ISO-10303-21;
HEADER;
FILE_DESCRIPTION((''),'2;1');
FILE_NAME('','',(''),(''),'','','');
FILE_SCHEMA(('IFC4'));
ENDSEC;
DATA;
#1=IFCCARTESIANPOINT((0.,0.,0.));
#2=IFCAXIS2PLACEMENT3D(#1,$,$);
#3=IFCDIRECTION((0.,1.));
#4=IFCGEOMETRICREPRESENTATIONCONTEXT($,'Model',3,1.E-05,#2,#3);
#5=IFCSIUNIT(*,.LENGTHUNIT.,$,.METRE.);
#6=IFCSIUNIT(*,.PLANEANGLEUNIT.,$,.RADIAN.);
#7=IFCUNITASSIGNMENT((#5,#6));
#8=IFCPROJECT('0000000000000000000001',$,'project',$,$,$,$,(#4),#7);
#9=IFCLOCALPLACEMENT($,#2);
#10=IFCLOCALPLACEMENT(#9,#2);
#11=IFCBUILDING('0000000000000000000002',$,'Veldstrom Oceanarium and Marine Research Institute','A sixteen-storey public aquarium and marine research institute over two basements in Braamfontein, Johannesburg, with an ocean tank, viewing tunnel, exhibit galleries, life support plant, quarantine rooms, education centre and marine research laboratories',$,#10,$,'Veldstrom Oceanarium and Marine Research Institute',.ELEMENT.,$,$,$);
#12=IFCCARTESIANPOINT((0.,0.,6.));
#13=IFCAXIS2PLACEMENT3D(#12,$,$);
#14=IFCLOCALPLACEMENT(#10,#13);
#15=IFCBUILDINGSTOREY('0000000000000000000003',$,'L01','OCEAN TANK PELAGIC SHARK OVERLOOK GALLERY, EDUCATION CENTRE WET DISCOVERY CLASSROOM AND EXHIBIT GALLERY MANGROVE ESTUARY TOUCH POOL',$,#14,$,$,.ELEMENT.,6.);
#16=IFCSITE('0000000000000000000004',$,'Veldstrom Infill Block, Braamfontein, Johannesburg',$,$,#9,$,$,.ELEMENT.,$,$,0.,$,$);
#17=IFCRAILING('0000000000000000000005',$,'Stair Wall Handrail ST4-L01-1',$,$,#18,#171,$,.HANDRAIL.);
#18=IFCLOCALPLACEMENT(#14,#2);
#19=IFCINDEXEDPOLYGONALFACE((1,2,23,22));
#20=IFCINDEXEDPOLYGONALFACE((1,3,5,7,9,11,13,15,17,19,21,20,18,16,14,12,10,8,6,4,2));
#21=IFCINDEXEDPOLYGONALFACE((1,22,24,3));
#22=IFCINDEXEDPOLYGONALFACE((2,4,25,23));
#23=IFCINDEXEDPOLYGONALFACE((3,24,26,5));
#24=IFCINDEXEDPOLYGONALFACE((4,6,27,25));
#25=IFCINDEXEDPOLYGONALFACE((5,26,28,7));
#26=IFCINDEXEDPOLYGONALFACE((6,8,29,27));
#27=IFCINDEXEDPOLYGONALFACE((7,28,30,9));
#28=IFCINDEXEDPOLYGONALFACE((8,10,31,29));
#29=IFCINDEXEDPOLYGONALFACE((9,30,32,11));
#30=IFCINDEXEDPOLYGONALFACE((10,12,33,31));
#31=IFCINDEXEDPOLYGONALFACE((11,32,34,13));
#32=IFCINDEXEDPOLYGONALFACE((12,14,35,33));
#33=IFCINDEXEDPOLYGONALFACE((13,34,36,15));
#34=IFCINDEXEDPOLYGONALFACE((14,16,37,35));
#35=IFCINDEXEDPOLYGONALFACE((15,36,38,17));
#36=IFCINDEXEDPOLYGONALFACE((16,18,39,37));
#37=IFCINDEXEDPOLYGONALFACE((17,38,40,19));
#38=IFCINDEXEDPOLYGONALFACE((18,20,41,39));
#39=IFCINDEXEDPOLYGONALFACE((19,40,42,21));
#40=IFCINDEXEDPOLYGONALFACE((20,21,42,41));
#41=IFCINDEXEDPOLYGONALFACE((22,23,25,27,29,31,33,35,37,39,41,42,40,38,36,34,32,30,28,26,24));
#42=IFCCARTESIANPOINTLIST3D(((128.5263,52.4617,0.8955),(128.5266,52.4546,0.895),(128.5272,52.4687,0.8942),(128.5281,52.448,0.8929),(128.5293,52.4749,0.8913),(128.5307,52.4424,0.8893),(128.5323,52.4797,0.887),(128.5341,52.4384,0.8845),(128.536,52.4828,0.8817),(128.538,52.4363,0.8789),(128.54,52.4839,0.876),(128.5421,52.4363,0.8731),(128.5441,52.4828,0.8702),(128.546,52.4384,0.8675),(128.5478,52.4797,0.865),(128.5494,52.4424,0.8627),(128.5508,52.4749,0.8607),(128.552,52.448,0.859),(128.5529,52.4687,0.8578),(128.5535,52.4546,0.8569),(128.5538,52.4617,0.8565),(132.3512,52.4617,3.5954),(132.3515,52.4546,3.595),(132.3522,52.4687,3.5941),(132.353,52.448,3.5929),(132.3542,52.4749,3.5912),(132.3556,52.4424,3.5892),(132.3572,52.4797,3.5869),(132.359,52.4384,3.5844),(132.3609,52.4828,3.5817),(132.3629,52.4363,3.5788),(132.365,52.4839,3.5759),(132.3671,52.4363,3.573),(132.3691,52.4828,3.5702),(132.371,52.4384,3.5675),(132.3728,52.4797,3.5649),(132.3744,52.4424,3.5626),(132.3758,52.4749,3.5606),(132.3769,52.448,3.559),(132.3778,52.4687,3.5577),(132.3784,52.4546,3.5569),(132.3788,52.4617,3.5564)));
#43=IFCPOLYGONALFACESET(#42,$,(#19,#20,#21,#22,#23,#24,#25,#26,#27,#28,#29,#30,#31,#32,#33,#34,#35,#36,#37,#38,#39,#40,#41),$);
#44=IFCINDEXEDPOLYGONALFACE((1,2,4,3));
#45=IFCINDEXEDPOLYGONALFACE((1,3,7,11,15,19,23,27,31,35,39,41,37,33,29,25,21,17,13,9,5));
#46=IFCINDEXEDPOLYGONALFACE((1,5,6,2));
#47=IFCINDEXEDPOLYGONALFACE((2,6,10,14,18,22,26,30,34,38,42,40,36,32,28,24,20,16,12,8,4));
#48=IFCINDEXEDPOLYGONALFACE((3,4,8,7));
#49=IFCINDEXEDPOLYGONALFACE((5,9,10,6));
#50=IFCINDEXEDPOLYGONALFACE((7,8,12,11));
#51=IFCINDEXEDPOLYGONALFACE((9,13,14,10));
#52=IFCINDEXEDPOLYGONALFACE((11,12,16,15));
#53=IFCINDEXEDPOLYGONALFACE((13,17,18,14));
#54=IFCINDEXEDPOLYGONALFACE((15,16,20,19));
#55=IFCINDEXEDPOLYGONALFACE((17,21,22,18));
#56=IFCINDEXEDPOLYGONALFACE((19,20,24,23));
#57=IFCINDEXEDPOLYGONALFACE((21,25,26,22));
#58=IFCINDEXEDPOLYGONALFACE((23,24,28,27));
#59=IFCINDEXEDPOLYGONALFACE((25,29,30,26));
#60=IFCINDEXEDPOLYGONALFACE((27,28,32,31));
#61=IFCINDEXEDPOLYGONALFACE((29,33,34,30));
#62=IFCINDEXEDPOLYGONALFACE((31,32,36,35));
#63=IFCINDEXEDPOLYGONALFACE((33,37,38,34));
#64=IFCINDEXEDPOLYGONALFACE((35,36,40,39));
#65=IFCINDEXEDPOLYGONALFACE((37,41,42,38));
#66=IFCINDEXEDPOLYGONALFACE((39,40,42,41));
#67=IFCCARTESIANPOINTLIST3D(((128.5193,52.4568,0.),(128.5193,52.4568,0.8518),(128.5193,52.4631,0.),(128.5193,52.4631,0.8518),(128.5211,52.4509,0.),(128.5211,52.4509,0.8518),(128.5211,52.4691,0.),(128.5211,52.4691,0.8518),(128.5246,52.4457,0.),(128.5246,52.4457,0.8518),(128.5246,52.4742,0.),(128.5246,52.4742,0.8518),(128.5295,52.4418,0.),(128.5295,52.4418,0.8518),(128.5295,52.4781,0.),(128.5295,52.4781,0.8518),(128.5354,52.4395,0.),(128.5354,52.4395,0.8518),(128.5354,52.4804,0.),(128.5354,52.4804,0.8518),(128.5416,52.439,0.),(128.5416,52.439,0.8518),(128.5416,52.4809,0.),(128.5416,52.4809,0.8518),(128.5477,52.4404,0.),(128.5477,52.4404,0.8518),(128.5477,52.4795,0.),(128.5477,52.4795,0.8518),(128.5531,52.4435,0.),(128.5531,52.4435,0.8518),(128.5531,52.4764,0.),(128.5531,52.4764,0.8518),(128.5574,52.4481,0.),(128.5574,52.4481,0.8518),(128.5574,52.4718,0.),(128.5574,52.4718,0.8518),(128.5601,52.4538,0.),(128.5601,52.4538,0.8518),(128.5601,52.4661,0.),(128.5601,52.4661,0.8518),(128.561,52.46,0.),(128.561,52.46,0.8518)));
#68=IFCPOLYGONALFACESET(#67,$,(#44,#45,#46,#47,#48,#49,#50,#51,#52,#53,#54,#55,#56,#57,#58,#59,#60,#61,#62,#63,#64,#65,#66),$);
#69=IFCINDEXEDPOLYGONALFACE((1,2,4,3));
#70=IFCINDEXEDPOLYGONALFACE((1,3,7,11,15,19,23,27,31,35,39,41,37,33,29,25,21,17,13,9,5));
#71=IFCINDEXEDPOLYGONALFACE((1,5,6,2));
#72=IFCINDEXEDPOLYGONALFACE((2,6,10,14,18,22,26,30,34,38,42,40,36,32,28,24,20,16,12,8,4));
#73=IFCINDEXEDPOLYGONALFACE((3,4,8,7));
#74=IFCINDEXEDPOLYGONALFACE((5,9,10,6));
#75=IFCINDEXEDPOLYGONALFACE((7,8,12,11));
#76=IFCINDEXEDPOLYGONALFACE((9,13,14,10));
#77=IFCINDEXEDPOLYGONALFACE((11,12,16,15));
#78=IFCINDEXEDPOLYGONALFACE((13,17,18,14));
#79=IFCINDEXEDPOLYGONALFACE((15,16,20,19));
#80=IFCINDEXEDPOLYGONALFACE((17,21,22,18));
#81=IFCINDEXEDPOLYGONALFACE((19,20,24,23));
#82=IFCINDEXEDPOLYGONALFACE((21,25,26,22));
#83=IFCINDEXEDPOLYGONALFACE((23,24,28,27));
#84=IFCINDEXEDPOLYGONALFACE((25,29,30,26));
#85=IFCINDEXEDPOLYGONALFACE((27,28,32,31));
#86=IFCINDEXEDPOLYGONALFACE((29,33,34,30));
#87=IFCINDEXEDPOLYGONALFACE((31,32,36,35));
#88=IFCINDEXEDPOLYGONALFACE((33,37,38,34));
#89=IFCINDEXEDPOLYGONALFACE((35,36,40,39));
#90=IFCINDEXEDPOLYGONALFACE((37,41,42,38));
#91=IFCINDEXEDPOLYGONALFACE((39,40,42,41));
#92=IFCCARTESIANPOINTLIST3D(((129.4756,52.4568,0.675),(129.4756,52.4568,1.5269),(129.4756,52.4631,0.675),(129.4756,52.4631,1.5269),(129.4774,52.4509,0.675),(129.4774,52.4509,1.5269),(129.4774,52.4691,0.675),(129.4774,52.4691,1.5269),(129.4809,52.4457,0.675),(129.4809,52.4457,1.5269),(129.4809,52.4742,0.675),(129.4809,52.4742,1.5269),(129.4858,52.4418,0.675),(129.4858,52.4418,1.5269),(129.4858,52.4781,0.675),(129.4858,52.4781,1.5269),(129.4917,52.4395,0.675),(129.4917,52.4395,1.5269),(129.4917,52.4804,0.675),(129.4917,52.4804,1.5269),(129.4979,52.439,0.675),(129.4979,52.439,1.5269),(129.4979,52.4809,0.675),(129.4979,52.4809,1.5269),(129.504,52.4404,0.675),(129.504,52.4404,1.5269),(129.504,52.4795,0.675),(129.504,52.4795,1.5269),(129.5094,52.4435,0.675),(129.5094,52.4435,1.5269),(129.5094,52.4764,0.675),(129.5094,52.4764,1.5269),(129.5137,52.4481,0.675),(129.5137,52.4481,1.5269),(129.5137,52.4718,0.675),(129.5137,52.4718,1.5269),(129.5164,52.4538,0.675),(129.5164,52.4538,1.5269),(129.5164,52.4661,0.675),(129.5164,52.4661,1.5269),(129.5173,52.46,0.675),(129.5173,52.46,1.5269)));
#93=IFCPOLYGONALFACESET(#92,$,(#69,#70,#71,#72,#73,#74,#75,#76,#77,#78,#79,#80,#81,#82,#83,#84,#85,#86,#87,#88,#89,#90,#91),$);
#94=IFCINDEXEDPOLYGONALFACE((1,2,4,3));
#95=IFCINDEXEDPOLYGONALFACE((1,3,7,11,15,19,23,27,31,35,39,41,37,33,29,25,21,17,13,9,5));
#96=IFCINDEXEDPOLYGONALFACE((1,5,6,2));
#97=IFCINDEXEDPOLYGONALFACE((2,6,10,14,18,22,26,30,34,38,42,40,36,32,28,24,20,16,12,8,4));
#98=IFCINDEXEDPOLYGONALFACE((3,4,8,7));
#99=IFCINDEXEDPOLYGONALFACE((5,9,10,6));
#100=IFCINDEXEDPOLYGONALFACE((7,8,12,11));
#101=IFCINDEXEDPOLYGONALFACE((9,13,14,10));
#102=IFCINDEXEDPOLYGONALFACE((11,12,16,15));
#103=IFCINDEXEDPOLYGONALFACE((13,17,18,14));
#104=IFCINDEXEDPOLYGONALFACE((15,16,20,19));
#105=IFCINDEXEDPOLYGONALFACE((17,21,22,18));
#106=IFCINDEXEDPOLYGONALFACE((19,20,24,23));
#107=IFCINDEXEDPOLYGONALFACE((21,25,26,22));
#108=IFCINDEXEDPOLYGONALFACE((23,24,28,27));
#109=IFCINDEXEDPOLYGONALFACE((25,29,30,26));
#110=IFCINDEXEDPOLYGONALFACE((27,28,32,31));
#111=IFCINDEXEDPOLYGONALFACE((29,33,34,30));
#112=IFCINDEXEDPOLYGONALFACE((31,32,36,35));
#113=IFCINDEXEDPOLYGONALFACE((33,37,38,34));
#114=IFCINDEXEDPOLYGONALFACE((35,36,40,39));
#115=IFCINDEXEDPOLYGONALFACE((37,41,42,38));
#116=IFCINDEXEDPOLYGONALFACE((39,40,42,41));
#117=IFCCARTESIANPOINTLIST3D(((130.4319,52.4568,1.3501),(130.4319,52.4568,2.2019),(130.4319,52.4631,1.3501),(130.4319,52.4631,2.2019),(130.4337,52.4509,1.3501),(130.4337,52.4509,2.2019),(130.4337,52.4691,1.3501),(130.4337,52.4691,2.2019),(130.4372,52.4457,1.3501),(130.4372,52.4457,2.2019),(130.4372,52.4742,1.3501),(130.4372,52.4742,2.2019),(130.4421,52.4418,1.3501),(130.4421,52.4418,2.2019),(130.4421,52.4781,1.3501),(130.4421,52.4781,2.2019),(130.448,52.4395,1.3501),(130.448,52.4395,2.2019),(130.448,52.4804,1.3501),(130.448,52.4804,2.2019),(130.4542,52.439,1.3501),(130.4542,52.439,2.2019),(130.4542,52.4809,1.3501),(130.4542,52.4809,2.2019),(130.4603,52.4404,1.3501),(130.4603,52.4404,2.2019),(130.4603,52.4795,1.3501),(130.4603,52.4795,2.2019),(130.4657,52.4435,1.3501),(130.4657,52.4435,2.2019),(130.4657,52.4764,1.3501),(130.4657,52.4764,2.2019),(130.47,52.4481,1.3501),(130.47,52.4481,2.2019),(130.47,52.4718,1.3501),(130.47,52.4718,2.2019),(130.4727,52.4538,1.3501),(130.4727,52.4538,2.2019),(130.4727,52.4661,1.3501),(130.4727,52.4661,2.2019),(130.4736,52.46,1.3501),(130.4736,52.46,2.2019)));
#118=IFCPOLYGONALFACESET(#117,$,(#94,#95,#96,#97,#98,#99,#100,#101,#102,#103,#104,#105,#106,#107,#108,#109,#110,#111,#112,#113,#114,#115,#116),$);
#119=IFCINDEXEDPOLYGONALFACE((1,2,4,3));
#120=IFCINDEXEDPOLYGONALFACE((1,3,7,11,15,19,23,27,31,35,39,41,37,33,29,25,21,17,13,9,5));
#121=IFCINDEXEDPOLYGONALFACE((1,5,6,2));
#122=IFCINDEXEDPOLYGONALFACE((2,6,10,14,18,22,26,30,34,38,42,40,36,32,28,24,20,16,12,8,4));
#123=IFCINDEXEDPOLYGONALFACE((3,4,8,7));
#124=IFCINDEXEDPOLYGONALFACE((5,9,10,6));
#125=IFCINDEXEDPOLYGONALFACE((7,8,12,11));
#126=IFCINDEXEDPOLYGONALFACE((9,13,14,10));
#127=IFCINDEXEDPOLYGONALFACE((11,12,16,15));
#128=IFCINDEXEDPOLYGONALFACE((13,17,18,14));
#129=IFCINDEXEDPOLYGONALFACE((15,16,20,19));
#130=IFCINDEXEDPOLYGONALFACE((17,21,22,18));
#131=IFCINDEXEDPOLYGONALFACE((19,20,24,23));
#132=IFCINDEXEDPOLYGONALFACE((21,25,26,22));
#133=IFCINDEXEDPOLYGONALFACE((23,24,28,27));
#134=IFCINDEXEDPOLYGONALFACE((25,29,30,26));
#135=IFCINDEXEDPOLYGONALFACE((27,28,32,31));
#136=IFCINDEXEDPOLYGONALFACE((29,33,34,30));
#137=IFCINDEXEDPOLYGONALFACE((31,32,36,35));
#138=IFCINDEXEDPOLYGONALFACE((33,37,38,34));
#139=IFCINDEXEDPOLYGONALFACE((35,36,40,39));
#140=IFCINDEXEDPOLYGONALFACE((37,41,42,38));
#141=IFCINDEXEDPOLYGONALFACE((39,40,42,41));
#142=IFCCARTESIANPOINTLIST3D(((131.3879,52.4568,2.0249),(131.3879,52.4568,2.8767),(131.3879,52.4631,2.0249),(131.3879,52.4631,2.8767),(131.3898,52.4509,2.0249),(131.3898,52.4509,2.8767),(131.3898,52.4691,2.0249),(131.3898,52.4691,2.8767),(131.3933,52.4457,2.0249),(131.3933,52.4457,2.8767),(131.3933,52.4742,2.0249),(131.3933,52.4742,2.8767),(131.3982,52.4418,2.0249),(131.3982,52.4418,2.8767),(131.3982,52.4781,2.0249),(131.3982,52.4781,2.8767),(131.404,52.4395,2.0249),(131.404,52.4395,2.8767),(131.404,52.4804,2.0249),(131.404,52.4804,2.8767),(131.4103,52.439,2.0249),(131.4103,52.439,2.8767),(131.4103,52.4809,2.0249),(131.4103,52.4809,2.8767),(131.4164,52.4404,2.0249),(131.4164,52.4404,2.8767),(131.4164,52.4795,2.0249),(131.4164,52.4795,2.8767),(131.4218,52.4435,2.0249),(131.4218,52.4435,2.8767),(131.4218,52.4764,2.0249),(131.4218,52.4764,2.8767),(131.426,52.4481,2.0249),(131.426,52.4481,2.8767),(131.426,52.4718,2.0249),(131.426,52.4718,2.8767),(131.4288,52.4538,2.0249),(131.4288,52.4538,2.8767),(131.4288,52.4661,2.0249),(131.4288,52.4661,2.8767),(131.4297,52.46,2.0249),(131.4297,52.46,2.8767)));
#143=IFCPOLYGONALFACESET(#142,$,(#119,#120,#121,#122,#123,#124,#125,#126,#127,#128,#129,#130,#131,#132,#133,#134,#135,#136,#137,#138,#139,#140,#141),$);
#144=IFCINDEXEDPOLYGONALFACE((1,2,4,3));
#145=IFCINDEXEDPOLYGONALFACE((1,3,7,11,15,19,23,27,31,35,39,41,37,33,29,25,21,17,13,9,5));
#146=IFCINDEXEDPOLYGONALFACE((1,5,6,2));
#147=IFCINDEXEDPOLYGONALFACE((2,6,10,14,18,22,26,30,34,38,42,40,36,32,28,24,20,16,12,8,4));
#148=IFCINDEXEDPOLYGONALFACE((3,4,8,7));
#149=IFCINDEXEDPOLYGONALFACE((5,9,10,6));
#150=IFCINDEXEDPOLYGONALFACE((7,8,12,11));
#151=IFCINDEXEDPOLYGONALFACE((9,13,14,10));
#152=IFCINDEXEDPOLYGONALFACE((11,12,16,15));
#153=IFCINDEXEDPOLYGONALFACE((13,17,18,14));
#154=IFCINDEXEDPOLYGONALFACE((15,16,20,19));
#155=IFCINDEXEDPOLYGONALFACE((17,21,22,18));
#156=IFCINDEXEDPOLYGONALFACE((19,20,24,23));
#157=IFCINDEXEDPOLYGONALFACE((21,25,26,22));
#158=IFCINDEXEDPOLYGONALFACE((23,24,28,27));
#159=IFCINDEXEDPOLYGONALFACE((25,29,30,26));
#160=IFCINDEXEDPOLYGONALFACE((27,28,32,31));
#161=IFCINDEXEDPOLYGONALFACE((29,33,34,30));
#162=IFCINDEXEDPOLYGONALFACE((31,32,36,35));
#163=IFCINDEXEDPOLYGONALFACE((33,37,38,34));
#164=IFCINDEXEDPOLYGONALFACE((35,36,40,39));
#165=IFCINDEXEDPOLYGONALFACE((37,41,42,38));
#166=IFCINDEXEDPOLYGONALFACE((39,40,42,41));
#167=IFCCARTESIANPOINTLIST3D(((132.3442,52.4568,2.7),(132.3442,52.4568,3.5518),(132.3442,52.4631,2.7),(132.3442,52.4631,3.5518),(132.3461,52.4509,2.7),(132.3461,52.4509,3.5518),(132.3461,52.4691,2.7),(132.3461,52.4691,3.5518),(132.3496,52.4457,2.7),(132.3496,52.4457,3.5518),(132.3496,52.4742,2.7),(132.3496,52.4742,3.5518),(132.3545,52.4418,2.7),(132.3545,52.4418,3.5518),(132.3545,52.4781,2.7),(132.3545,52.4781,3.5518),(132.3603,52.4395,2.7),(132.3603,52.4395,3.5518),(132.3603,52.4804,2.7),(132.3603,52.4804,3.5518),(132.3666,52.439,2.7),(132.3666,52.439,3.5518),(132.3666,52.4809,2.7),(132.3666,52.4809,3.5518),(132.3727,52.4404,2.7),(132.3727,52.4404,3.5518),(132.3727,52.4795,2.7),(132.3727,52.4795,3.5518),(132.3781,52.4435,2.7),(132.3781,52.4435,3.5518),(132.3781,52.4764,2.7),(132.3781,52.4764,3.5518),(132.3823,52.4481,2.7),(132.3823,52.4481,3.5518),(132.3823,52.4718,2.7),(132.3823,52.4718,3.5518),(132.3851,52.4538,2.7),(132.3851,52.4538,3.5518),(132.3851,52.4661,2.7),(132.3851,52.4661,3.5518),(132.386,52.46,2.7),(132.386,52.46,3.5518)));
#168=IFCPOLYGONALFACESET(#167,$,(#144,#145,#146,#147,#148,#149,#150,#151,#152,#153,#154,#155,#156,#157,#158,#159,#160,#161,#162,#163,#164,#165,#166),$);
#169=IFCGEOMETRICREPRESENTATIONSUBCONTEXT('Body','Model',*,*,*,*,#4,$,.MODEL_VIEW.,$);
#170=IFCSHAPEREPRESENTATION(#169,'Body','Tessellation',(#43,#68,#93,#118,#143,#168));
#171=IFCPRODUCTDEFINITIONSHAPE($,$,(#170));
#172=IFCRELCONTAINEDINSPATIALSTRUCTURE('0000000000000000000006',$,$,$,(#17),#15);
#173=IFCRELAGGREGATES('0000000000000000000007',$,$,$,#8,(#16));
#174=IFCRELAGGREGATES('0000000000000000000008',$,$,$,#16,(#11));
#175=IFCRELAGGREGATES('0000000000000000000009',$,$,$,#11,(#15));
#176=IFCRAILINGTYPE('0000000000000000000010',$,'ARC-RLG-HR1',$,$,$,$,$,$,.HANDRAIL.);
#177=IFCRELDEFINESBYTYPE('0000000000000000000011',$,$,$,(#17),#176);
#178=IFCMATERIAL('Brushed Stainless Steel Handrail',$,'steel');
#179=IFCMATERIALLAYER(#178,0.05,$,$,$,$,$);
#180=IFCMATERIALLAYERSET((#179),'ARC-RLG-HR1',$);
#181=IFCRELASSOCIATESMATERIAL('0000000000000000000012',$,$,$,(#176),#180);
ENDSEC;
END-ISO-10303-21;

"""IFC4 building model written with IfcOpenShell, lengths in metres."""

from ifc_helpers import new_model, si_unit, direction, frame, origin, origin_2d, place, context, subcontext, project, spatial, circle, extrude, material, layer, layer_set, type_object, element, save


model = new_model("IFC4")

# Units and contexts
model_context = context("Model", 3, precision=1e-05, world=origin(), true_north=direction((0.0, 1.0)))
body_context = subcontext(model_context, "Body", "Model", "MODEL_VIEW")
ifc_project = project(units=[si_unit("LENGTHUNIT", "METRE"), si_unit("PLANEANGLEUNIT", "RADIAN")], contexts=[model_context])

# Site, building, storey
site_placement = place(None, origin())
site = spatial("IfcSite", under=ifc_project, at=site_placement, Name="Veldstrom Infill Block, Braamfontein, Johannesburg", CompositionType="ELEMENT", RefElevation=0.0)
building_placement = place(site_placement, origin())
building = spatial("IfcBuilding", under=site, at=building_placement, Name="Veldstrom Oceanarium and Marine Research Institute", Description="A sixteen-storey public aquarium and marine research institute over two basements in Braamfontein, Johannesburg, with an ocean tank, viewing tunnel, exhibit galleries, life support plant, quarantine rooms, education centre and marine research laboratories", LongName="Veldstrom Oceanarium and Marine Research Institute", CompositionType="ELEMENT")
storey_placement = place(building_placement, frame((0.0, 0.0, 6.0)))
storey = spatial("IfcBuildingStorey", under=building, at=storey_placement, Name="L01", Description="OCEAN TANK PELAGIC SHARK OVERLOOK GALLERY, EDUCATION CENTRE WET DISCOVERY CLASSROOM AND EXHIBIT GALLERY MANGROVE ESTUARY TOUCH POOL", CompositionType="ELEMENT", Elevation=6.0)

# Railing
ifc_material_1 = material(Name="Brushed Stainless Steel Handrail", Category="steel")
ifc_layer_1 = layer(ifc_material_1, 0.05)
ifc_layer_set_1 = layer_set([ifc_layer_1], Name="ARC-RLG-HR1")
railing_type = type_object("IfcRailingType", Name="ARC-RLG-HR1", PredefinedType="HANDRAIL", material=ifc_layer_set_1)
railing_placement = place(storey_placement, frame((128.54, 52.46, 0.0)))
element("IfcRailing", 1, at=railing_placement, inside=storey, type_object=railing_type, Name="Stair Wall Handrail ST4-L01-1", PredefinedType="HANDRAIL", context=body_context, shape_type="SweptSolid", body=[
    extrude(circle(Radius=0.0239, at=origin_2d()), frame((0.0, 0.0, 0.876), z_axis=(0.816969, 0.0, 0.576681), x_axis=(0.0, 1.0, 0.0)), (0.0, 0.0, 1.0), 4.6819),
    extrude(circle(Radius=0.021, at=origin_2d()), origin(), (0.0, 0.0, 1.0), 0.8518),
    extrude(circle(Radius=0.021, at=origin_2d()), frame((0.9563, 0.0, 0.675)), (0.0, 0.0, 1.0), 0.8518),
    extrude(circle(Radius=0.021, at=origin_2d()), frame((1.9126, 0.0, 1.3501)), (0.0, 0.0, 1.0), 0.8518),
    extrude(circle(Radius=0.021, at=origin_2d()), frame((2.8687, 0.0, 2.0249)), (0.0, 0.0, 1.0), 0.8518),
    extrude(circle(Radius=0.021, at=origin_2d()), frame((3.825, 0.0, 2.7)), (0.0, 0.0, 1.0), 0.8518),
])

save(model, "model.ifc")
